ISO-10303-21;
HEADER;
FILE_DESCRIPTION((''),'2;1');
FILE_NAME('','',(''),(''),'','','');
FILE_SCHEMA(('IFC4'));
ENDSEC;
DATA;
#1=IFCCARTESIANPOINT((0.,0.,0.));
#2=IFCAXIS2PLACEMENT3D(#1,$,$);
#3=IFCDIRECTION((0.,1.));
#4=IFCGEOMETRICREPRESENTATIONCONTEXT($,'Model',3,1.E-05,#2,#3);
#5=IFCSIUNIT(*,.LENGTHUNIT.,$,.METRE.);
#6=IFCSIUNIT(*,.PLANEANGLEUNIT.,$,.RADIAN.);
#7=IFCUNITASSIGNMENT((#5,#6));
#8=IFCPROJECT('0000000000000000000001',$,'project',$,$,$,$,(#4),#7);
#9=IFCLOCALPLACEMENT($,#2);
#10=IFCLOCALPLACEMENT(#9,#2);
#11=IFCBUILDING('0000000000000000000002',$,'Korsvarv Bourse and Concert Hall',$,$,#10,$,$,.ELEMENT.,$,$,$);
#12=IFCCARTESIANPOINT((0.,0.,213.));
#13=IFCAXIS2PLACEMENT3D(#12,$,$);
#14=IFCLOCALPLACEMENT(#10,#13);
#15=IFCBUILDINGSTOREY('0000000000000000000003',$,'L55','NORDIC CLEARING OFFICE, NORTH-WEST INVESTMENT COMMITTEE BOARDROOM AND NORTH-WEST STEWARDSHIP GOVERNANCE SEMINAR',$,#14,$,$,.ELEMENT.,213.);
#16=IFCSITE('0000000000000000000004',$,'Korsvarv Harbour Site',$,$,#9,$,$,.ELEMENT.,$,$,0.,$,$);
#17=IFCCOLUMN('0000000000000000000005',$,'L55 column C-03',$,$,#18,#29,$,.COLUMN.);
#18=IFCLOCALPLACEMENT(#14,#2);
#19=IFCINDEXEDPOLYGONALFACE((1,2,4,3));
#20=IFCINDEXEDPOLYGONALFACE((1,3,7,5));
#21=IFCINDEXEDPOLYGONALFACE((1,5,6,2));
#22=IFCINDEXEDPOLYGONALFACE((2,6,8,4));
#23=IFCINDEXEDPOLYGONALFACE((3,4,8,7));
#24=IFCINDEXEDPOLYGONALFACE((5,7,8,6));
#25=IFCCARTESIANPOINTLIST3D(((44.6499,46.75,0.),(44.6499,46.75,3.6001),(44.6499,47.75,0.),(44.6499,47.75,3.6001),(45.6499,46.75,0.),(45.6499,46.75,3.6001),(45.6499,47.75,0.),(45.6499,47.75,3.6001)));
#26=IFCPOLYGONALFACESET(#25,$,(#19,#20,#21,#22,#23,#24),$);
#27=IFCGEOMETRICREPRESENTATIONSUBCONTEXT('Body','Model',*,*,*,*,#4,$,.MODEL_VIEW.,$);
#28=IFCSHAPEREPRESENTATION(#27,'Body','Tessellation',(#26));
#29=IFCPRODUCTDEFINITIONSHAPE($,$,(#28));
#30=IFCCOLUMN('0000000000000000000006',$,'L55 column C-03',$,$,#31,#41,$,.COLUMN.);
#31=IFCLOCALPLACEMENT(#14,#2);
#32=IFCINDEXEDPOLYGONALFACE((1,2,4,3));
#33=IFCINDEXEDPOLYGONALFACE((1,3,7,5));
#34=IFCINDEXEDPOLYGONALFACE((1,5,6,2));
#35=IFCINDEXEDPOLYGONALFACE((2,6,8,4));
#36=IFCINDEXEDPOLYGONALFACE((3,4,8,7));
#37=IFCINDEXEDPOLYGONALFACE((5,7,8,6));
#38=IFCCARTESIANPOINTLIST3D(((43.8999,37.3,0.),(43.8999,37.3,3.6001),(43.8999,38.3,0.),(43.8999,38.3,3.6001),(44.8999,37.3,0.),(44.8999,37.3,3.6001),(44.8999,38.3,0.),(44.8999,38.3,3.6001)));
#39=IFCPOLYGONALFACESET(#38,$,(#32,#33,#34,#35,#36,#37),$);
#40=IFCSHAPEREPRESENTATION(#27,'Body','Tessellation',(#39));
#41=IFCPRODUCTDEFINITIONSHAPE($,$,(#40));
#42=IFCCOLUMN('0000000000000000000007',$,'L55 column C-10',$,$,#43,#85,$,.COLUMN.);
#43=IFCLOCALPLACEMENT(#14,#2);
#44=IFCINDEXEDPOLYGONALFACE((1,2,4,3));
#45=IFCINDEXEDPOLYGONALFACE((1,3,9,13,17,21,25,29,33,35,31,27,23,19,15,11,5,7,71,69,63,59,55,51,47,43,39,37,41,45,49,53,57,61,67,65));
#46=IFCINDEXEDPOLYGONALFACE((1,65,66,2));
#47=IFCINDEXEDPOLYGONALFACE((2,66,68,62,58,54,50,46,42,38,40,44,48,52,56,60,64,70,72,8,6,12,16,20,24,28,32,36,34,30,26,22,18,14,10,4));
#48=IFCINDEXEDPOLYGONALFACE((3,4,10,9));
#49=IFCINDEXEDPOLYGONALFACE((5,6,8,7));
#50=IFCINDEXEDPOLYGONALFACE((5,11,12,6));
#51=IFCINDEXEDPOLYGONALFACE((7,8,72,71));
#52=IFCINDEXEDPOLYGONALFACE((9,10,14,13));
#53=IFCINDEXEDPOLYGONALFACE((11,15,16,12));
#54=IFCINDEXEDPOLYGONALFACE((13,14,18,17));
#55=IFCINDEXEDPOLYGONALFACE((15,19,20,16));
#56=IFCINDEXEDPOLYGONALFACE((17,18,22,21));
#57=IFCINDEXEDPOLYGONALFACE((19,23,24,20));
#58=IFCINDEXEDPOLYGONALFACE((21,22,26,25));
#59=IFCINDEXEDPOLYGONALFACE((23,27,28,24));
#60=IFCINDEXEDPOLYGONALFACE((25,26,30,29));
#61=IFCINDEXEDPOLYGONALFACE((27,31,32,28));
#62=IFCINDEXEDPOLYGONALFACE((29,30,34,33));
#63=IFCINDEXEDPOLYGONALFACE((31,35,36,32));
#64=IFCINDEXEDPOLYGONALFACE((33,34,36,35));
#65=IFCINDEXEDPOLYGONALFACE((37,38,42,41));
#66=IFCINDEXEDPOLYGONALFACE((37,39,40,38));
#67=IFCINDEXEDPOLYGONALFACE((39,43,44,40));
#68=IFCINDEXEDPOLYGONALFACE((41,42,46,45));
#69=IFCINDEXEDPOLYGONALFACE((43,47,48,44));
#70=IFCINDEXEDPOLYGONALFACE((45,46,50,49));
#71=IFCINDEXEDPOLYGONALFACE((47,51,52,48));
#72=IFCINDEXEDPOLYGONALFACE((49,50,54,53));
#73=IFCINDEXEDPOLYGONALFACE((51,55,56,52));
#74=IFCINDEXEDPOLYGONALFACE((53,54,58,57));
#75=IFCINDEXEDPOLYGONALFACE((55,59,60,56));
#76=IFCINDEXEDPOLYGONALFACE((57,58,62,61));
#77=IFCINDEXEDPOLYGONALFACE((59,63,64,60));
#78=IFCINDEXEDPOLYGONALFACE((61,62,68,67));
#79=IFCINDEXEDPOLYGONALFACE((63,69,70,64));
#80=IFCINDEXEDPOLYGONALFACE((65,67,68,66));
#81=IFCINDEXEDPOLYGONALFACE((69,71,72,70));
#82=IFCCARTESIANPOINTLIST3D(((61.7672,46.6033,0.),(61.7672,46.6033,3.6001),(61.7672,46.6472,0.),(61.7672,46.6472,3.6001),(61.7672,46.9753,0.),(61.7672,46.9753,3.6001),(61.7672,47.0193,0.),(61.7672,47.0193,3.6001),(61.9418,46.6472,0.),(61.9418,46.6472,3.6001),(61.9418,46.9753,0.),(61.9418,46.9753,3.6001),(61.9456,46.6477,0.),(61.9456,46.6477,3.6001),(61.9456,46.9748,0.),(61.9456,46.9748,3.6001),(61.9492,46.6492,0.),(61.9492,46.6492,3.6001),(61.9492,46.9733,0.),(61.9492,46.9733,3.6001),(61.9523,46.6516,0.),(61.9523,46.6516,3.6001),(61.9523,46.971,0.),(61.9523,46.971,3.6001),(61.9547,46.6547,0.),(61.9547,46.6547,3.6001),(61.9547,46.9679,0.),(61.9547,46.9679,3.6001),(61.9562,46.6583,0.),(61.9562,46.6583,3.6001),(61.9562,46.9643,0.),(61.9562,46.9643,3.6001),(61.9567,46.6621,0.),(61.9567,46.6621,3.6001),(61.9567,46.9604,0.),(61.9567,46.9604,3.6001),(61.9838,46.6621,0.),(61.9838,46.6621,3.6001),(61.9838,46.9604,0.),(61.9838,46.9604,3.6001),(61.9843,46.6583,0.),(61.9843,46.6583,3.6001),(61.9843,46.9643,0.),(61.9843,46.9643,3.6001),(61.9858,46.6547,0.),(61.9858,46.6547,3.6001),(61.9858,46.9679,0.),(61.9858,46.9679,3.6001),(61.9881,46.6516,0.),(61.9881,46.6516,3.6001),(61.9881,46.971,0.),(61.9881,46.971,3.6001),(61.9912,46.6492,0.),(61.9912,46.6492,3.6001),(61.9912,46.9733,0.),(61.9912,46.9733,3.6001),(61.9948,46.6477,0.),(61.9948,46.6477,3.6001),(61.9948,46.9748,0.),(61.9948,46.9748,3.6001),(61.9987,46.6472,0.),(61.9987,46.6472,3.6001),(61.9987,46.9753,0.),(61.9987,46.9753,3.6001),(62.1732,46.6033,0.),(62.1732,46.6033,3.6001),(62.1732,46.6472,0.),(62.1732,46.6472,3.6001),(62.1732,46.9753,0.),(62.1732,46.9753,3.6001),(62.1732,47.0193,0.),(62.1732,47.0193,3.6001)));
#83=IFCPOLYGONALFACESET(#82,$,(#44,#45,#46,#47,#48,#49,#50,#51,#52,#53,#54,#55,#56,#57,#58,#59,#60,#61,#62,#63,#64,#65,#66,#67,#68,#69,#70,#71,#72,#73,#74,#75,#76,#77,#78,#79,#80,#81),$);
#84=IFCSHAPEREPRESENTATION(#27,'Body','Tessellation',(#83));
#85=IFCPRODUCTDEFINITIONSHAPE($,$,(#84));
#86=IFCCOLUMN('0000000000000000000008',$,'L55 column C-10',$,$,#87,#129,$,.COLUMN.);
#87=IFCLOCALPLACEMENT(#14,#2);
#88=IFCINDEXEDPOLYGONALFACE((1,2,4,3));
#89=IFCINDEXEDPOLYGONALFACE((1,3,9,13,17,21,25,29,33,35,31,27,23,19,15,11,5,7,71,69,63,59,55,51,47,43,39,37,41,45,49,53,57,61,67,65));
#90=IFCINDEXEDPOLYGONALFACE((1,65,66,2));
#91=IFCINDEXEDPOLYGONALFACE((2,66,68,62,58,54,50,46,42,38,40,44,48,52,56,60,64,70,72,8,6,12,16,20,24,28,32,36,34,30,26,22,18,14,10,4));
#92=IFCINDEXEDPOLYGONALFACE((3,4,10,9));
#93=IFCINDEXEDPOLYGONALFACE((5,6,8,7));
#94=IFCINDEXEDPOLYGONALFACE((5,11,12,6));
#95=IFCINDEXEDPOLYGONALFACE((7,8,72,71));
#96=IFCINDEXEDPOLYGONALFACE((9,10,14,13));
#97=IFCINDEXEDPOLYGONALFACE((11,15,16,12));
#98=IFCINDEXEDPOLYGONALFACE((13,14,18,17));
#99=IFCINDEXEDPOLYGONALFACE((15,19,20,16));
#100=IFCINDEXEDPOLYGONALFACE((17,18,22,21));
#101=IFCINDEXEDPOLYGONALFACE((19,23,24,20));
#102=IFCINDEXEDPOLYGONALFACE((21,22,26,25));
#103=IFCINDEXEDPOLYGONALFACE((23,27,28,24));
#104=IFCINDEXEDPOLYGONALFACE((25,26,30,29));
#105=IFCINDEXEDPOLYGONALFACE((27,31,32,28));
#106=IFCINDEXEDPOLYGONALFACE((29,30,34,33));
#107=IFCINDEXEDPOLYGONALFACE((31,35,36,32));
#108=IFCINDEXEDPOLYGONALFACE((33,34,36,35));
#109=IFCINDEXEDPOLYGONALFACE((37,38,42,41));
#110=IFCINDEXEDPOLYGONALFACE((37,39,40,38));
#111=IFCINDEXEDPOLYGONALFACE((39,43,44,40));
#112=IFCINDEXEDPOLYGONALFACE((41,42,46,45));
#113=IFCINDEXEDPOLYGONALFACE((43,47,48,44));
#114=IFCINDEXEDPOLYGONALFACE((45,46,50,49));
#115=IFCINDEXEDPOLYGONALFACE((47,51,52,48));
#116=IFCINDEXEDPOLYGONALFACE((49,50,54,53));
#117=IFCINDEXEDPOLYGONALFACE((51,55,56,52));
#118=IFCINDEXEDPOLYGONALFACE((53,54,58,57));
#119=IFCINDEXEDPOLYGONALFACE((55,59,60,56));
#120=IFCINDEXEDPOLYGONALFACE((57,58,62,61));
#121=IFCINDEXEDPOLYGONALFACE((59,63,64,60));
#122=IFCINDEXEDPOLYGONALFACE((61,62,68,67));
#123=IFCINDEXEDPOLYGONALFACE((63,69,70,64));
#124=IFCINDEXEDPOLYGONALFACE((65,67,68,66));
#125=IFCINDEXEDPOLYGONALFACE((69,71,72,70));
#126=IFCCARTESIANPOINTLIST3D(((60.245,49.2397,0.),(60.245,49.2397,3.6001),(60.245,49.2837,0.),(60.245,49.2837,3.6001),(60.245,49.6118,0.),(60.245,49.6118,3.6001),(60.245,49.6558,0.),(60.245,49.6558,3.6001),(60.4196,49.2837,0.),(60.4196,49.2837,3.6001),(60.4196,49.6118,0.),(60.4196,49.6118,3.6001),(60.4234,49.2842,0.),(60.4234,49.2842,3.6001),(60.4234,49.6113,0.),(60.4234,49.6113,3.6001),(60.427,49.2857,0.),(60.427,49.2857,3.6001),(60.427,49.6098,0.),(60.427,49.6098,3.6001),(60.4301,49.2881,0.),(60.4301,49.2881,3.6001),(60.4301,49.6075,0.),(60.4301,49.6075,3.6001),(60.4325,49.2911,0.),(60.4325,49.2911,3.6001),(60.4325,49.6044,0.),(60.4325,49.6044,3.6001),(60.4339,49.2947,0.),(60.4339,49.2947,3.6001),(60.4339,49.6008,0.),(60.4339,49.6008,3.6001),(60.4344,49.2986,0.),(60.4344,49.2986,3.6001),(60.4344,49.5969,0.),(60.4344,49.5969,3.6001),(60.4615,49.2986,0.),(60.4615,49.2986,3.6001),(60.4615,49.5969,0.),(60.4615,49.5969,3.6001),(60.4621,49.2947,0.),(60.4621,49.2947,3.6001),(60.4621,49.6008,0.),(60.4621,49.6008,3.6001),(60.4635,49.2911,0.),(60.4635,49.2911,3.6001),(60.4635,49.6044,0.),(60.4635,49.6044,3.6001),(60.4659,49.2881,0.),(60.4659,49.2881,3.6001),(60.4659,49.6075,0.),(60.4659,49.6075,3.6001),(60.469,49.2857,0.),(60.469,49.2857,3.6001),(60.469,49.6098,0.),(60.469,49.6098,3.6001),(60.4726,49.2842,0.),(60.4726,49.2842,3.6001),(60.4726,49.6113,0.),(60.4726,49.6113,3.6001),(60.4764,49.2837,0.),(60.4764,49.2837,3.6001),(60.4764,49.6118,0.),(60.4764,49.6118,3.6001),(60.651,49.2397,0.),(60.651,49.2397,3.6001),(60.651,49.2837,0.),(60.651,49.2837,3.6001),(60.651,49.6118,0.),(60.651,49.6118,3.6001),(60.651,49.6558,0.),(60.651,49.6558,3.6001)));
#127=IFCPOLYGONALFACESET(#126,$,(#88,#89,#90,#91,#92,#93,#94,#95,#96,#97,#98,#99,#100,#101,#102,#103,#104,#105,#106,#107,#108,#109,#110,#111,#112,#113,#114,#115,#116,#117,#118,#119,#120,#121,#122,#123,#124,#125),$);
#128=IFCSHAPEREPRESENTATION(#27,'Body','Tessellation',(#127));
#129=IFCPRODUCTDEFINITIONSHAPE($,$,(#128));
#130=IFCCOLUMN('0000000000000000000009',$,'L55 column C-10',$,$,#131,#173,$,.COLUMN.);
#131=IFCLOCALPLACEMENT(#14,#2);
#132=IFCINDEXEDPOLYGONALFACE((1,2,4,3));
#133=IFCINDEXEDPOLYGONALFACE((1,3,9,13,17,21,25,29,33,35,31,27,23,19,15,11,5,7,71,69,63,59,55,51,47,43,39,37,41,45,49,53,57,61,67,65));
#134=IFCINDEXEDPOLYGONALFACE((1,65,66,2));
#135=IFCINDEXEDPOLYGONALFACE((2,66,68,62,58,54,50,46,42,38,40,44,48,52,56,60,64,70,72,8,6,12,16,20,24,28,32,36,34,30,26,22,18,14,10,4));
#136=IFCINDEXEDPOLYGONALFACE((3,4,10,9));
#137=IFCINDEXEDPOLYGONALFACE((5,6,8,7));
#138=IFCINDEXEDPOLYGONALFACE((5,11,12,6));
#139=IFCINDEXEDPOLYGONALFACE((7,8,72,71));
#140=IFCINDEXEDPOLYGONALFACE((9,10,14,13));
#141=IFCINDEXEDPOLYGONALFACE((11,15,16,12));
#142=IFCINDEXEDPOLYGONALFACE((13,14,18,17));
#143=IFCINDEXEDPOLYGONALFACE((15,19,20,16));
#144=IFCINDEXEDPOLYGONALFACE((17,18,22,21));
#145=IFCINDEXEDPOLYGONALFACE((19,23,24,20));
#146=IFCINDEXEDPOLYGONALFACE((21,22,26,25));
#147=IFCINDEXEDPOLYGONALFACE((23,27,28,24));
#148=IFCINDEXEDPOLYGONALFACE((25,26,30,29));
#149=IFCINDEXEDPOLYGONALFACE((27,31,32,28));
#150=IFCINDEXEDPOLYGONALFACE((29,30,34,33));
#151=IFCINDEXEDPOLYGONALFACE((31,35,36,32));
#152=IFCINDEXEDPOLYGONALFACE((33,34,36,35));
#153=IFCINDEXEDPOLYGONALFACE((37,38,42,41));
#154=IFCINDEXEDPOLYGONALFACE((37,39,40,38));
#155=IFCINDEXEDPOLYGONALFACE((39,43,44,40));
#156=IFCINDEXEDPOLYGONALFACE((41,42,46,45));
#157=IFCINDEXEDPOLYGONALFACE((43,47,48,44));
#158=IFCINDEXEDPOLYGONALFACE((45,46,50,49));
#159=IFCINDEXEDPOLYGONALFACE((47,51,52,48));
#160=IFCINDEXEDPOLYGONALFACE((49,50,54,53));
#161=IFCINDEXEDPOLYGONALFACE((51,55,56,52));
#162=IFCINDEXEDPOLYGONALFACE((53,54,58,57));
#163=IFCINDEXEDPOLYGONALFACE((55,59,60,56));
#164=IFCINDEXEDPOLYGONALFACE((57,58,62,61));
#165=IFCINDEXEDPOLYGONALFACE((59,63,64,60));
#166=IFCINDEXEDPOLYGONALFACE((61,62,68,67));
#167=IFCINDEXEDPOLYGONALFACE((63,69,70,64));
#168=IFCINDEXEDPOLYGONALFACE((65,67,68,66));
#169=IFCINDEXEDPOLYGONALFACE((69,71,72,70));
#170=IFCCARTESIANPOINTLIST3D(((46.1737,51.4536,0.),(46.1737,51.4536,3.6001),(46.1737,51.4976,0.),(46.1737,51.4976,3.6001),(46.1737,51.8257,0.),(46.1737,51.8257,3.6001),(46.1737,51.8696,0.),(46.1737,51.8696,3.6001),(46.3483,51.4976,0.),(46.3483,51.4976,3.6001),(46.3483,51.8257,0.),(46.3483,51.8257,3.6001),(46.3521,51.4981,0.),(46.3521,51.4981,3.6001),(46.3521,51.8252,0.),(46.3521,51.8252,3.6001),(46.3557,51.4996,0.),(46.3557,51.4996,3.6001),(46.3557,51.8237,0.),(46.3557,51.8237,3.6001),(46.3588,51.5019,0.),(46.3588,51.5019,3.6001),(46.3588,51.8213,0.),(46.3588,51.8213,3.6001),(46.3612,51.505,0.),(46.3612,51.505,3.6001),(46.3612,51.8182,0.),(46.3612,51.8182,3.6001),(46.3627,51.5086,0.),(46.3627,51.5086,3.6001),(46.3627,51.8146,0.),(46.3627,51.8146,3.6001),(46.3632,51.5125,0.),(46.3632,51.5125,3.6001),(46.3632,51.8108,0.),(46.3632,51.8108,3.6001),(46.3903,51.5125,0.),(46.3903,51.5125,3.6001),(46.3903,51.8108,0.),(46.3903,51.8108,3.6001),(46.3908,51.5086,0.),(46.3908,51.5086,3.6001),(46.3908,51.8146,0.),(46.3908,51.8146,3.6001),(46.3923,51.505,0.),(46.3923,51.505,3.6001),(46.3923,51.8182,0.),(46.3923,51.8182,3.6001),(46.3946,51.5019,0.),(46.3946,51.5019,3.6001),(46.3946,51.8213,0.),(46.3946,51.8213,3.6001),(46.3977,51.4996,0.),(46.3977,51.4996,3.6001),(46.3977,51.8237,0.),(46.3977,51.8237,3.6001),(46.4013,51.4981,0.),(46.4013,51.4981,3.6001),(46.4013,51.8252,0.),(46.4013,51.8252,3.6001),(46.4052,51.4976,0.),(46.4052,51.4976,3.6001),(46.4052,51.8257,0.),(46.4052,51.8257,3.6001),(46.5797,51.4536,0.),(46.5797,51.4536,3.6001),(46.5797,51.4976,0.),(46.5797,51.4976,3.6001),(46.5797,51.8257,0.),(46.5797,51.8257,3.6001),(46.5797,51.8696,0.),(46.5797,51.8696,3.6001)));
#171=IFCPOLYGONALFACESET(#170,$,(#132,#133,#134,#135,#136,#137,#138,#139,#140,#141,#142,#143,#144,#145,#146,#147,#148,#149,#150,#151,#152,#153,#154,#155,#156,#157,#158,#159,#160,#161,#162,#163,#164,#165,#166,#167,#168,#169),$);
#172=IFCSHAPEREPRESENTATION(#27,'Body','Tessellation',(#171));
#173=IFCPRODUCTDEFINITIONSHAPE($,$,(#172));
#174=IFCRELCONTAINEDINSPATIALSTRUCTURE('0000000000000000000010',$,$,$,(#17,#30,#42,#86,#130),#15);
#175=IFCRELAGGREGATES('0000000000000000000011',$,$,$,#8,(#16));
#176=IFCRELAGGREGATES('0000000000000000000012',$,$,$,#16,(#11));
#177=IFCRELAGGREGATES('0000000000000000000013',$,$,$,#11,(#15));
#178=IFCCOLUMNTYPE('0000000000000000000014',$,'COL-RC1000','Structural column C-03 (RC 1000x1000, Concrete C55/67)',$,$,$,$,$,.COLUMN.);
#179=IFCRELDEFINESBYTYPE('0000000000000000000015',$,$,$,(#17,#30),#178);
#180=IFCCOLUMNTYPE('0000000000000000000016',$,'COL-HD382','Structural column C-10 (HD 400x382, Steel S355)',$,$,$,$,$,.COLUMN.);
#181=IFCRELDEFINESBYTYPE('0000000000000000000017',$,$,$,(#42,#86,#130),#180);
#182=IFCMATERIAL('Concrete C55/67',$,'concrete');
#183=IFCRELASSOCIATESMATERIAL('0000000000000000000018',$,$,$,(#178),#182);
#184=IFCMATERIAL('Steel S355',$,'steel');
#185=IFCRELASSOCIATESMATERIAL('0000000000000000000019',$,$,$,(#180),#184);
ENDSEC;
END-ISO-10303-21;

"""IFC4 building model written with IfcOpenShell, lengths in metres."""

from ifc_helpers import new_model, si_unit, direction, frame, origin, origin_2d, place, context, subcontext, project, spatial, rectangle, i_section, extrude, source, transform, mapped, material, material_profile, profile_set, type_object, element, save


model = new_model("IFC4")

# Units and contexts
model_context = context("Model", 3, precision=1e-05, world=origin(), true_north=direction((0.0, 1.0)))
body_context = subcontext(model_context, "Body", "Model", "MODEL_VIEW")
ifc_project = project(units=[si_unit("LENGTHUNIT", "METRE"), si_unit("PLANEANGLEUNIT", "RADIAN")], contexts=[model_context])

# Site, building, storey
site_placement = place(None, origin())
site = spatial("IfcSite", under=ifc_project, at=site_placement, Name="Korsvarv Harbour Site", CompositionType="ELEMENT", RefElevation=0.0)
building_placement = place(site_placement, origin())
building = spatial("IfcBuilding", under=site, at=building_placement, Name="Korsvarv Bourse and Concert Hall", CompositionType="ELEMENT")
storey_placement = place(building_placement, frame((0.0, 0.0, 213.0)))
storey = spatial("IfcBuildingStorey", under=building, at=storey_placement, Name="L55", Description="NORDIC CLEARING OFFICE, NORTH-WEST INVESTMENT COMMITTEE BOARDROOM AND NORTH-WEST STEWARDSHIP GOVERNANCE SEMINAR", CompositionType="ELEMENT", Elevation=213.0)

# Columns
ifc_material_1 = material(Name="Concrete C55/67", Category="concrete")
ifc_material_profile_1 = material_profile(ifc_material_1, rectangle(XDim=1.0, YDim=1.0, at=origin_2d()), Name="RC 1000x1000")
ifc_profile_set_1 = profile_set([ifc_material_profile_1], Name="Concrete C55/67")
column_type_1 = type_object("IfcColumnType", Name="COL-RC1000", Description="Structural column C-03 (RC 1000x1000, Concrete C55/67)", PredefinedType="COLUMN", material=ifc_profile_set_1)
shared_shape_1 = source(origin(), body_context, "Body", "SweptSolid", [
    extrude(rectangle(XDim=1.0, YDim=1.0, at=origin_2d()), origin(), (0.0, 0.0, 1.0), 3.6001),
])
for number, where, z_axis, x_axis, name in (
    (1, (45.1499, 47.25, 0.0), (0.0, 0.0, 1.0), (1.0, 0.0, 0.0), "L55 column C-03"),
    (2, (44.3999, 37.8, 0.0), (0.0, 0.0, 1.0), (1.0, 0.0, 0.0), "L55 column C-03"),
):
    element("IfcColumn", number, at=place(storey_placement, frame(where, z_axis=z_axis, x_axis=x_axis)), inside=storey, type_object=column_type_1, Name=name, PredefinedType="COLUMN", context=body_context, shape_type="MappedRepresentation", body=[
        mapped(shared_shape_1, transform((0.0, 0.0, 0.0), scale=1.0)),
    ])
ifc_material_2 = material(Name="Steel S355", Category="steel")
ifc_material_profile_2 = material_profile(ifc_material_2, i_section(OverallWidth=0.406, OverallDepth=0.416, WebThickness=0.0271, FlangeThickness=0.0439, FilletRadius=0.0149, at=origin_2d()), Name="HD 400x382")
ifc_profile_set_2 = profile_set([ifc_material_profile_2], Name="Steel S355")
column_type_2 = type_object("IfcColumnType", Name="COL-HD382", Description="Structural column C-10 (HD 400x382, Steel S355)", PredefinedType="COLUMN", material=ifc_profile_set_2)
shared_shape_2 = source(origin(), body_context, "Body", "SweptSolid", [
    extrude(i_section(OverallWidth=0.406, OverallDepth=0.416, WebThickness=0.0271, FlangeThickness=0.0439, FilletRadius=0.0149, at=origin_2d()), origin(), (0.0, 0.0, 1.0), 3.6001),
])
for number, where, z_axis, x_axis, name in (
    (3, (61.9702, 46.8113, 0.0), (0.0, 0.0, 1.0), (1.0, 0.0, 0.0), "L55 column C-10"),
    (4, (60.448, 49.4478, 0.0), (0.0, 0.0, 1.0), (1.0, 0.0, 0.0), "L55 column C-10"),
    (5, (46.3767, 51.6616, 0.0), (0.0, 0.0, 1.0), (1.0, 0.0, 0.0), "L55 column C-10"),
):
    element("IfcColumn", number, at=place(storey_placement, frame(where, z_axis=z_axis, x_axis=x_axis)), inside=storey, type_object=column_type_2, Name=name, PredefinedType="COLUMN", context=body_context, shape_type="MappedRepresentation", body=[
        mapped(shared_shape_2, transform((0.0, 0.0, 0.0), scale=1.0)),
    ])

save(model, "model.ifc")
